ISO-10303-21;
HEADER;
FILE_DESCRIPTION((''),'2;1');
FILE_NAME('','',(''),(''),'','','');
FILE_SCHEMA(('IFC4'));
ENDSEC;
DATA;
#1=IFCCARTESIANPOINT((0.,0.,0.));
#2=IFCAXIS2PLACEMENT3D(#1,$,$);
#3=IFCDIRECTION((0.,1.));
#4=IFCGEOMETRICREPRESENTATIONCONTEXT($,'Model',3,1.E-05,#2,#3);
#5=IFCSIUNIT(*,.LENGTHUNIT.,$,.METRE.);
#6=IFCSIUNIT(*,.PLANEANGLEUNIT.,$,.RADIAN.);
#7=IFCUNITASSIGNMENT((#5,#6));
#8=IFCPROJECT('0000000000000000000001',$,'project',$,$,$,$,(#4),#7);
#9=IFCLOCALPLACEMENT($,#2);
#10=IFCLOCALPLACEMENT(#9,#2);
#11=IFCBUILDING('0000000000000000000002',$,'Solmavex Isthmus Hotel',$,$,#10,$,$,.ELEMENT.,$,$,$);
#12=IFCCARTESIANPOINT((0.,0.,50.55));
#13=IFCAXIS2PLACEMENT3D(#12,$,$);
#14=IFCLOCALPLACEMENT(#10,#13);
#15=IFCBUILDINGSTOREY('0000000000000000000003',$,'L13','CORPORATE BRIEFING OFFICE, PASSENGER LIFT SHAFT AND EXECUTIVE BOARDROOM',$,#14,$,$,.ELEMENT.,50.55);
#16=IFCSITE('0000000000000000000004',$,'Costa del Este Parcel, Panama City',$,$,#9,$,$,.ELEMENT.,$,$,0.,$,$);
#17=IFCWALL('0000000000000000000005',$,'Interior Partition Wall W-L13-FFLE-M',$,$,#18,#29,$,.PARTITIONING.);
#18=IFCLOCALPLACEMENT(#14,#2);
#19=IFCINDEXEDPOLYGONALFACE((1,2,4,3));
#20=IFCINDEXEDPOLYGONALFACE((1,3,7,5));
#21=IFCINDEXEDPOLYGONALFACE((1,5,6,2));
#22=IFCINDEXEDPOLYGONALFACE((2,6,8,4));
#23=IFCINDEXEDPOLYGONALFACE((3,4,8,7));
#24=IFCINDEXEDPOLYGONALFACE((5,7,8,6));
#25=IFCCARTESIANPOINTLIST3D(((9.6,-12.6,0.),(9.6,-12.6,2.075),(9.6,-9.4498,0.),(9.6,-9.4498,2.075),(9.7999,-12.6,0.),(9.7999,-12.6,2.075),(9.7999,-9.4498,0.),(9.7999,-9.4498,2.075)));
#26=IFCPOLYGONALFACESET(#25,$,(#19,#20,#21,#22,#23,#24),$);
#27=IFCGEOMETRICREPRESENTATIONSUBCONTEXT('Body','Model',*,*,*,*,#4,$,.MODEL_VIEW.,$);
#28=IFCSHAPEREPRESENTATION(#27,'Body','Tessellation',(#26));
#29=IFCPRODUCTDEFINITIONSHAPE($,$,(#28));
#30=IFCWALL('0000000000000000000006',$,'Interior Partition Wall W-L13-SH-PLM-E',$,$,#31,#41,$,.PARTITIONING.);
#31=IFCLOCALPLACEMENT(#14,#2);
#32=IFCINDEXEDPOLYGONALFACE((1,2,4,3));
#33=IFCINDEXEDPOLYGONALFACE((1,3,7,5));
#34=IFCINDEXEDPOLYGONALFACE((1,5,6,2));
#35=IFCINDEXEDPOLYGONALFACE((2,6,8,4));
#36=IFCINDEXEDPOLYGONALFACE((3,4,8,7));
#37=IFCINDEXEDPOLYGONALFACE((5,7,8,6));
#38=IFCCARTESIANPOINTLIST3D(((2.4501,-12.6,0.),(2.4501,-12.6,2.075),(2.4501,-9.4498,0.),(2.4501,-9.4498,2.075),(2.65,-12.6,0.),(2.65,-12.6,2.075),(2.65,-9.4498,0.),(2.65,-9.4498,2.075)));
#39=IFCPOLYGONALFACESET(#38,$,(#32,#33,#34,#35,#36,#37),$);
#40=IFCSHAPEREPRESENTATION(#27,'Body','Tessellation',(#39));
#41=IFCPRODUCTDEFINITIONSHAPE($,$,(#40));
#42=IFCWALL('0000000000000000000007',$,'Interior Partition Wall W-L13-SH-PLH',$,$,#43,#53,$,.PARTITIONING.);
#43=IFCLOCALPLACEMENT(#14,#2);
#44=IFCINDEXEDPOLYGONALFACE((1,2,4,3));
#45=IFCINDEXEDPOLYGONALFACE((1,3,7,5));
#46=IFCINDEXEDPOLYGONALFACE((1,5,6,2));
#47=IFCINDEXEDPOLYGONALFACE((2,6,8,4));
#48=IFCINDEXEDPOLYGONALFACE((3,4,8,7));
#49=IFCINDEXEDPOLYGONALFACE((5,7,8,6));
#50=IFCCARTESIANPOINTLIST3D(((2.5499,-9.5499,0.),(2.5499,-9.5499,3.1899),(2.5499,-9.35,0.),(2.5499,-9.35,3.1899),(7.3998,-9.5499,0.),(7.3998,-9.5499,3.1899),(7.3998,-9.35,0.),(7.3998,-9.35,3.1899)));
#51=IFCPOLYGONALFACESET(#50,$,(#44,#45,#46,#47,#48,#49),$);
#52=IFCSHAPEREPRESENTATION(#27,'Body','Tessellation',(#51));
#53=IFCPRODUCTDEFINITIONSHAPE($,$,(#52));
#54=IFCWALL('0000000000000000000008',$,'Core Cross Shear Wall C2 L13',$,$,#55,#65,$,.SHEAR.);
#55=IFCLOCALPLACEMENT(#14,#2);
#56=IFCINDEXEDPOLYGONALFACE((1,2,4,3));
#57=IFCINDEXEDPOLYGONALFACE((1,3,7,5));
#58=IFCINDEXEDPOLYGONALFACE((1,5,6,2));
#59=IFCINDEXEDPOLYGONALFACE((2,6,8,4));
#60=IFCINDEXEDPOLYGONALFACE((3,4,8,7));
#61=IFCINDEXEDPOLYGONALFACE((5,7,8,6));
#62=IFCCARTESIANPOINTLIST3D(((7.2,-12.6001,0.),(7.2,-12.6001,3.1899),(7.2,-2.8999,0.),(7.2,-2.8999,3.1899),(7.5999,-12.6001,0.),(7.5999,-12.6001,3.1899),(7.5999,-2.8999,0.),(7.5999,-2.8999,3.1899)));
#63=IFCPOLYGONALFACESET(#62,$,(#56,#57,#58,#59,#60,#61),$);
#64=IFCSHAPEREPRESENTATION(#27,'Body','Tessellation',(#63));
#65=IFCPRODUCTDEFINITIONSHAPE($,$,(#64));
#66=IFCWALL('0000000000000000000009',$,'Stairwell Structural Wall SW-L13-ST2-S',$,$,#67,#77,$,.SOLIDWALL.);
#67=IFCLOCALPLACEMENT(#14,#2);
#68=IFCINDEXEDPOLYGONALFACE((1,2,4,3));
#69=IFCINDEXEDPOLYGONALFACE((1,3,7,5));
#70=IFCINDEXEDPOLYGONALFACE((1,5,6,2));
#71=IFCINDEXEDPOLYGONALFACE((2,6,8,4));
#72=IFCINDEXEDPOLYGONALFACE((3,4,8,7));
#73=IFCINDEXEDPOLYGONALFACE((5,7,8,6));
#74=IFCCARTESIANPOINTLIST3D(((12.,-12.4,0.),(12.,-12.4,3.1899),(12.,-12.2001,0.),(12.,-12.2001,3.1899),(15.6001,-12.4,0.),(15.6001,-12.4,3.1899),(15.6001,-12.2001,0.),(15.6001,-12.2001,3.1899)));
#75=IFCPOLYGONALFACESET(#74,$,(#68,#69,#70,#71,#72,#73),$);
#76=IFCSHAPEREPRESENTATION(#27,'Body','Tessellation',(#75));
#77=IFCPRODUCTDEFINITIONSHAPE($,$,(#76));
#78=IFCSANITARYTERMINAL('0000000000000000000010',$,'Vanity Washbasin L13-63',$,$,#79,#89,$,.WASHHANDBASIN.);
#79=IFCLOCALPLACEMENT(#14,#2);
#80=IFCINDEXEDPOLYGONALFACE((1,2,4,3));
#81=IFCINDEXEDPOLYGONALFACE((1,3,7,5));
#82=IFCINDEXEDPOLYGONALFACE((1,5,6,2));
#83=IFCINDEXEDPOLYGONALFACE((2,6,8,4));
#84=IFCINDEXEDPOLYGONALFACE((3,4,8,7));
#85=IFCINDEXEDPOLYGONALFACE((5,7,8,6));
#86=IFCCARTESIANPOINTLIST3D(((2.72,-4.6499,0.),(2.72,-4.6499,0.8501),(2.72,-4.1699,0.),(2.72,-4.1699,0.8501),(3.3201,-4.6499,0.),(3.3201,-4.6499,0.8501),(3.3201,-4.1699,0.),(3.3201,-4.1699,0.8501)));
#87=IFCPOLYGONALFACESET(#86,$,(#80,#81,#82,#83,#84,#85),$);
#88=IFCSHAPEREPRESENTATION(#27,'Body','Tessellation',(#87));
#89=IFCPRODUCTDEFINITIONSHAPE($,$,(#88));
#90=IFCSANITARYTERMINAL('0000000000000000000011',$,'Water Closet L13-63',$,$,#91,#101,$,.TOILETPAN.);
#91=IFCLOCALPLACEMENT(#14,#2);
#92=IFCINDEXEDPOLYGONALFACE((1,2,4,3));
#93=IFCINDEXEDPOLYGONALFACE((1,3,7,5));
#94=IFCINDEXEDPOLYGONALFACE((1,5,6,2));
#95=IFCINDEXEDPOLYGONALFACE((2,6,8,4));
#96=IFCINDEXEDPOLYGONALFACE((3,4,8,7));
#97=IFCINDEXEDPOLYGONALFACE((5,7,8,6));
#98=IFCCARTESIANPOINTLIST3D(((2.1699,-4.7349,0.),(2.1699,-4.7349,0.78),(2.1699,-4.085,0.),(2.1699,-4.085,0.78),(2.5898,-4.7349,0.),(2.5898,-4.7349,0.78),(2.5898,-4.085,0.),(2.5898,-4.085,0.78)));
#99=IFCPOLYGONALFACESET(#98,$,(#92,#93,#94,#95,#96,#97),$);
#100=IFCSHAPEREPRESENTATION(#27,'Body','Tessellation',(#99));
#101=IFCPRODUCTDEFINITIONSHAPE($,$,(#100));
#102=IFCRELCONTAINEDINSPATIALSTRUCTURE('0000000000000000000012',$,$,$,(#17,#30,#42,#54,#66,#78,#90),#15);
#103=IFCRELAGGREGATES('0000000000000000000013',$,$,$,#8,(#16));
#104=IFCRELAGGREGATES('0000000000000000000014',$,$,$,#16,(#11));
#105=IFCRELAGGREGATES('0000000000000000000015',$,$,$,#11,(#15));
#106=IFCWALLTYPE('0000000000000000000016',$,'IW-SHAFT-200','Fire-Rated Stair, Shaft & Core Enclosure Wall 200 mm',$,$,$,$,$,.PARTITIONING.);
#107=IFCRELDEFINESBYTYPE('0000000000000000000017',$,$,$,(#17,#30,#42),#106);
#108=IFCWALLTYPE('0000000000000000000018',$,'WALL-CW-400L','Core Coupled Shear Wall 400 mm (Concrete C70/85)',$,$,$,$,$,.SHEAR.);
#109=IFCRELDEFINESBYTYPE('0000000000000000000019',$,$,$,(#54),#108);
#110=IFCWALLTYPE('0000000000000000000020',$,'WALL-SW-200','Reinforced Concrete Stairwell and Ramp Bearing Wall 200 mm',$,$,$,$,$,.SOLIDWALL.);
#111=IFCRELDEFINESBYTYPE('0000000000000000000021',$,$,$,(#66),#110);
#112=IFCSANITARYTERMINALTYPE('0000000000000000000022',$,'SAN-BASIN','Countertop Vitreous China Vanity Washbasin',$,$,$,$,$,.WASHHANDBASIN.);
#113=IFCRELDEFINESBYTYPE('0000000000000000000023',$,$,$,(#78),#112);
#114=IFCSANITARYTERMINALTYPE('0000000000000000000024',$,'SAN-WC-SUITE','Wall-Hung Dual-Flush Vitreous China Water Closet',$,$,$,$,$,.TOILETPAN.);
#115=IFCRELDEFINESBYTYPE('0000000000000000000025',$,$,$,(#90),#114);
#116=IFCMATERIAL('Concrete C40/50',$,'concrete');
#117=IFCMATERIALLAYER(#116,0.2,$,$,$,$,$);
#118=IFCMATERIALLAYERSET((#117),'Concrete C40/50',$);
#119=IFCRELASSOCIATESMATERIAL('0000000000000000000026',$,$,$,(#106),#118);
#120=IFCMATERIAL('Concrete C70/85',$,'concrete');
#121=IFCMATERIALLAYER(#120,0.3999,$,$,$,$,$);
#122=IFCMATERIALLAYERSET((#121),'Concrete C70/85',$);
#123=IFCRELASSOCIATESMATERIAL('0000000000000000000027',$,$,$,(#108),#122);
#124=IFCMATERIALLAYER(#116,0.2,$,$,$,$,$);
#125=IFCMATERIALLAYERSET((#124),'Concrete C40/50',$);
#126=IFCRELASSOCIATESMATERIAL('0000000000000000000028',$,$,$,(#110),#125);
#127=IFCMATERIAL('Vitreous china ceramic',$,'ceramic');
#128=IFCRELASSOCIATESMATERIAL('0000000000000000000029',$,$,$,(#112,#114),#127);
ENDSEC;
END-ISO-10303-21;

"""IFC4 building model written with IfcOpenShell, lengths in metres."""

from ifc_helpers import new_model, si_unit, direction, frame, frame_2d, origin, origin_2d, place, context, subcontext, project, spatial, rectangle, extrude, material, layer, layer_set, type_object, element, save


model = new_model("IFC4")

# Units and contexts
model_context = context("Model", 3, precision=1e-05, world=origin(), true_north=direction((0.0, 1.0)))
body_context = subcontext(model_context, "Body", "Model", "MODEL_VIEW")
ifc_project = project(units=[si_unit("LENGTHUNIT", "METRE"), si_unit("PLANEANGLEUNIT", "RADIAN")], contexts=[model_context])

# Site, building, storey
site_placement = place(None, origin())
site = spatial("IfcSite", under=ifc_project, at=site_placement, Name="Costa del Este Parcel, Panama City", CompositionType="ELEMENT", RefElevation=0.0)
building_placement = place(site_placement, origin())
building = spatial("IfcBuilding", under=site, at=building_placement, Name="Solmavex Isthmus Hotel", CompositionType="ELEMENT")
storey_placement = place(building_placement, frame((0.0, 0.0, 50.55)))
storey = spatial("IfcBuildingStorey", under=building, at=storey_placement, Name="L13", Description="CORPORATE BRIEFING OFFICE, PASSENGER LIFT SHAFT AND EXECUTIVE BOARDROOM", CompositionType="ELEMENT", Elevation=50.55)

# Shared definitions
ifc_material_1 = material(Name="Concrete C70/85", Category="concrete")

# Shared definitions
ifc_material_2 = material(Name="Concrete C40/50", Category="concrete")

# Shared definitions
ifc_layer_1 = layer(ifc_material_2, 0.2)
ifc_layer_set_1 = layer_set([ifc_layer_1], Name="Concrete C40/50")
wall_type_1 = type_object("IfcWallType", Name="IW-SHAFT-200", Description="Fire-Rated Stair, Shaft & Core Enclosure Wall 200 mm", PredefinedType="PARTITIONING", material=ifc_layer_set_1)

# Walls
for number, where, z_axis, x_axis, name in (
    (1, (9.7, -12.6001, 0.0), (0.0, 0.0, 1.0), (0.0, 1.0, 0.0), "Interior Partition Wall W-L13-FFLE-M"),
    (2, (2.55, -12.6001, 0.0), (0.0, 0.0, 1.0), (0.0, 1.0, 0.0), "Interior Partition Wall W-L13-SH-PLM-E"),
):
    element("IfcWall", number, at=place(storey_placement, frame(where, z_axis=z_axis, x_axis=x_axis)), inside=storey, type_object=wall_type_1, Name=name, PredefinedType="PARTITIONING", context=body_context, shape_type="SweptSolid", body=[
        extrude(rectangle(XDim=3.1501, YDim=0.2, at=frame_2d((1.5752, 0.0))), origin(), (0.0, 0.0, 1.0), 2.075),
    ])
wall_1_placement = place(storey_placement, frame((2.55, -9.45, 0.0), z_axis=(0.0, 0.0, 1.0), x_axis=(1.0, 0.0, 0.0)))
element("IfcWall", 3, at=wall_1_placement, inside=storey, type_object=wall_type_1, Name="Interior Partition Wall W-L13-SH-PLH", PredefinedType="PARTITIONING", context=body_context, shape_type="SweptSolid", body=[
    extrude(rectangle(XDim=4.8499, YDim=0.2, at=frame_2d((2.4248, 0.0))), origin(), (0.0, 0.0, 1.0), 3.1899),
])
ifc_layer_2 = layer(ifc_material_1, 0.3999)
ifc_layer_set_2 = layer_set([ifc_layer_2], Name="Concrete C70/85")
wall_type_2 = type_object("IfcWallType", Name="WALL-CW-400L", Description="Core Coupled Shear Wall 400 mm (Concrete C70/85)", PredefinedType="SHEAR", material=ifc_layer_set_2)
wall_2_placement = place(storey_placement, frame((7.3999, -12.6001, 0.0), z_axis=(0.0, 0.0, 1.0), x_axis=(0.0, 1.0, 0.0)))
element("IfcWall", 4, at=wall_2_placement, inside=storey, type_object=wall_type_2, Name="Core Cross Shear Wall C2 L13", PredefinedType="SHEAR", context=body_context, shape_type="SweptSolid", body=[
    extrude(rectangle(XDim=9.7002, YDim=0.3999, at=frame_2d((4.8501, 0.0))), origin(), (0.0, 0.0, 1.0), 3.1899),
])
ifc_layer_3 = layer(ifc_material_2, 0.2)
ifc_layer_set_3 = layer_set([ifc_layer_3], Name="Concrete C40/50")
wall_type_3 = type_object("IfcWallType", Name="WALL-SW-200", Description="Reinforced Concrete Stairwell and Ramp Bearing Wall 200 mm", PredefinedType="SOLIDWALL", material=ifc_layer_set_3)
wall_3_placement = place(storey_placement, frame((12.0, -12.3, 0.0), z_axis=(0.0, 0.0, 1.0), x_axis=(1.0, 0.0, 0.0)))
element("IfcWall", 5, at=wall_3_placement, inside=storey, type_object=wall_type_3, Name="Stairwell Structural Wall SW-L13-ST2-S", PredefinedType="SOLIDWALL", context=body_context, shape_type="SweptSolid", body=[
    extrude(rectangle(XDim=3.6001, YDim=0.2, at=frame_2d((1.8, 0.0))), origin(), (0.0, 0.0, 1.0), 3.1899),
])

# Sanitary terminals
ifc_material_3 = material(Name="Vitreous china ceramic", Category="ceramic")
sanitary_terminal_type_1 = type_object("IfcSanitaryTerminalType", Name="SAN-BASIN", Description="Countertop Vitreous China Vanity Washbasin", PredefinedType="WASHHANDBASIN", material=ifc_material_3)
sanitary_terminal_1_placement = place(storey_placement, frame((3.02, -4.4099, 0.0), z_axis=(0.0, 0.0, 1.0), x_axis=(1.0, 0.0, 0.0)))
element("IfcSanitaryTerminal", 6, at=sanitary_terminal_1_placement, inside=storey, type_object=sanitary_terminal_type_1, Name="Vanity Washbasin L13-63", PredefinedType="WASHHANDBASIN", context=body_context, shape_type="SweptSolid", body=[
    extrude(rectangle(XDim=0.6001, YDim=0.48, at=origin_2d()), origin(), (0.0, 0.0, 1.0), 0.8501),
])
sanitary_terminal_type_2 = type_object("IfcSanitaryTerminalType", Name="SAN-WC-SUITE", Description="Wall-Hung Dual-Flush Vitreous China Water Closet", PredefinedType="TOILETPAN", material=ifc_material_3)
sanitary_terminal_2_placement = place(storey_placement, frame((2.3799, -4.4099, 0.0), z_axis=(0.0, 0.0, 1.0), x_axis=(1.0, 0.0, 0.0)))
element("IfcSanitaryTerminal", 7, at=sanitary_terminal_2_placement, inside=storey, type_object=sanitary_terminal_type_2, Name="Water Closet L13-63", PredefinedType="TOILETPAN", context=body_context, shape_type="SweptSolid", body=[
    extrude(rectangle(XDim=0.4199, YDim=0.6499, at=origin_2d()), origin(), (0.0, 0.0, 1.0), 0.78),
])

save(model, "model.ifc")
